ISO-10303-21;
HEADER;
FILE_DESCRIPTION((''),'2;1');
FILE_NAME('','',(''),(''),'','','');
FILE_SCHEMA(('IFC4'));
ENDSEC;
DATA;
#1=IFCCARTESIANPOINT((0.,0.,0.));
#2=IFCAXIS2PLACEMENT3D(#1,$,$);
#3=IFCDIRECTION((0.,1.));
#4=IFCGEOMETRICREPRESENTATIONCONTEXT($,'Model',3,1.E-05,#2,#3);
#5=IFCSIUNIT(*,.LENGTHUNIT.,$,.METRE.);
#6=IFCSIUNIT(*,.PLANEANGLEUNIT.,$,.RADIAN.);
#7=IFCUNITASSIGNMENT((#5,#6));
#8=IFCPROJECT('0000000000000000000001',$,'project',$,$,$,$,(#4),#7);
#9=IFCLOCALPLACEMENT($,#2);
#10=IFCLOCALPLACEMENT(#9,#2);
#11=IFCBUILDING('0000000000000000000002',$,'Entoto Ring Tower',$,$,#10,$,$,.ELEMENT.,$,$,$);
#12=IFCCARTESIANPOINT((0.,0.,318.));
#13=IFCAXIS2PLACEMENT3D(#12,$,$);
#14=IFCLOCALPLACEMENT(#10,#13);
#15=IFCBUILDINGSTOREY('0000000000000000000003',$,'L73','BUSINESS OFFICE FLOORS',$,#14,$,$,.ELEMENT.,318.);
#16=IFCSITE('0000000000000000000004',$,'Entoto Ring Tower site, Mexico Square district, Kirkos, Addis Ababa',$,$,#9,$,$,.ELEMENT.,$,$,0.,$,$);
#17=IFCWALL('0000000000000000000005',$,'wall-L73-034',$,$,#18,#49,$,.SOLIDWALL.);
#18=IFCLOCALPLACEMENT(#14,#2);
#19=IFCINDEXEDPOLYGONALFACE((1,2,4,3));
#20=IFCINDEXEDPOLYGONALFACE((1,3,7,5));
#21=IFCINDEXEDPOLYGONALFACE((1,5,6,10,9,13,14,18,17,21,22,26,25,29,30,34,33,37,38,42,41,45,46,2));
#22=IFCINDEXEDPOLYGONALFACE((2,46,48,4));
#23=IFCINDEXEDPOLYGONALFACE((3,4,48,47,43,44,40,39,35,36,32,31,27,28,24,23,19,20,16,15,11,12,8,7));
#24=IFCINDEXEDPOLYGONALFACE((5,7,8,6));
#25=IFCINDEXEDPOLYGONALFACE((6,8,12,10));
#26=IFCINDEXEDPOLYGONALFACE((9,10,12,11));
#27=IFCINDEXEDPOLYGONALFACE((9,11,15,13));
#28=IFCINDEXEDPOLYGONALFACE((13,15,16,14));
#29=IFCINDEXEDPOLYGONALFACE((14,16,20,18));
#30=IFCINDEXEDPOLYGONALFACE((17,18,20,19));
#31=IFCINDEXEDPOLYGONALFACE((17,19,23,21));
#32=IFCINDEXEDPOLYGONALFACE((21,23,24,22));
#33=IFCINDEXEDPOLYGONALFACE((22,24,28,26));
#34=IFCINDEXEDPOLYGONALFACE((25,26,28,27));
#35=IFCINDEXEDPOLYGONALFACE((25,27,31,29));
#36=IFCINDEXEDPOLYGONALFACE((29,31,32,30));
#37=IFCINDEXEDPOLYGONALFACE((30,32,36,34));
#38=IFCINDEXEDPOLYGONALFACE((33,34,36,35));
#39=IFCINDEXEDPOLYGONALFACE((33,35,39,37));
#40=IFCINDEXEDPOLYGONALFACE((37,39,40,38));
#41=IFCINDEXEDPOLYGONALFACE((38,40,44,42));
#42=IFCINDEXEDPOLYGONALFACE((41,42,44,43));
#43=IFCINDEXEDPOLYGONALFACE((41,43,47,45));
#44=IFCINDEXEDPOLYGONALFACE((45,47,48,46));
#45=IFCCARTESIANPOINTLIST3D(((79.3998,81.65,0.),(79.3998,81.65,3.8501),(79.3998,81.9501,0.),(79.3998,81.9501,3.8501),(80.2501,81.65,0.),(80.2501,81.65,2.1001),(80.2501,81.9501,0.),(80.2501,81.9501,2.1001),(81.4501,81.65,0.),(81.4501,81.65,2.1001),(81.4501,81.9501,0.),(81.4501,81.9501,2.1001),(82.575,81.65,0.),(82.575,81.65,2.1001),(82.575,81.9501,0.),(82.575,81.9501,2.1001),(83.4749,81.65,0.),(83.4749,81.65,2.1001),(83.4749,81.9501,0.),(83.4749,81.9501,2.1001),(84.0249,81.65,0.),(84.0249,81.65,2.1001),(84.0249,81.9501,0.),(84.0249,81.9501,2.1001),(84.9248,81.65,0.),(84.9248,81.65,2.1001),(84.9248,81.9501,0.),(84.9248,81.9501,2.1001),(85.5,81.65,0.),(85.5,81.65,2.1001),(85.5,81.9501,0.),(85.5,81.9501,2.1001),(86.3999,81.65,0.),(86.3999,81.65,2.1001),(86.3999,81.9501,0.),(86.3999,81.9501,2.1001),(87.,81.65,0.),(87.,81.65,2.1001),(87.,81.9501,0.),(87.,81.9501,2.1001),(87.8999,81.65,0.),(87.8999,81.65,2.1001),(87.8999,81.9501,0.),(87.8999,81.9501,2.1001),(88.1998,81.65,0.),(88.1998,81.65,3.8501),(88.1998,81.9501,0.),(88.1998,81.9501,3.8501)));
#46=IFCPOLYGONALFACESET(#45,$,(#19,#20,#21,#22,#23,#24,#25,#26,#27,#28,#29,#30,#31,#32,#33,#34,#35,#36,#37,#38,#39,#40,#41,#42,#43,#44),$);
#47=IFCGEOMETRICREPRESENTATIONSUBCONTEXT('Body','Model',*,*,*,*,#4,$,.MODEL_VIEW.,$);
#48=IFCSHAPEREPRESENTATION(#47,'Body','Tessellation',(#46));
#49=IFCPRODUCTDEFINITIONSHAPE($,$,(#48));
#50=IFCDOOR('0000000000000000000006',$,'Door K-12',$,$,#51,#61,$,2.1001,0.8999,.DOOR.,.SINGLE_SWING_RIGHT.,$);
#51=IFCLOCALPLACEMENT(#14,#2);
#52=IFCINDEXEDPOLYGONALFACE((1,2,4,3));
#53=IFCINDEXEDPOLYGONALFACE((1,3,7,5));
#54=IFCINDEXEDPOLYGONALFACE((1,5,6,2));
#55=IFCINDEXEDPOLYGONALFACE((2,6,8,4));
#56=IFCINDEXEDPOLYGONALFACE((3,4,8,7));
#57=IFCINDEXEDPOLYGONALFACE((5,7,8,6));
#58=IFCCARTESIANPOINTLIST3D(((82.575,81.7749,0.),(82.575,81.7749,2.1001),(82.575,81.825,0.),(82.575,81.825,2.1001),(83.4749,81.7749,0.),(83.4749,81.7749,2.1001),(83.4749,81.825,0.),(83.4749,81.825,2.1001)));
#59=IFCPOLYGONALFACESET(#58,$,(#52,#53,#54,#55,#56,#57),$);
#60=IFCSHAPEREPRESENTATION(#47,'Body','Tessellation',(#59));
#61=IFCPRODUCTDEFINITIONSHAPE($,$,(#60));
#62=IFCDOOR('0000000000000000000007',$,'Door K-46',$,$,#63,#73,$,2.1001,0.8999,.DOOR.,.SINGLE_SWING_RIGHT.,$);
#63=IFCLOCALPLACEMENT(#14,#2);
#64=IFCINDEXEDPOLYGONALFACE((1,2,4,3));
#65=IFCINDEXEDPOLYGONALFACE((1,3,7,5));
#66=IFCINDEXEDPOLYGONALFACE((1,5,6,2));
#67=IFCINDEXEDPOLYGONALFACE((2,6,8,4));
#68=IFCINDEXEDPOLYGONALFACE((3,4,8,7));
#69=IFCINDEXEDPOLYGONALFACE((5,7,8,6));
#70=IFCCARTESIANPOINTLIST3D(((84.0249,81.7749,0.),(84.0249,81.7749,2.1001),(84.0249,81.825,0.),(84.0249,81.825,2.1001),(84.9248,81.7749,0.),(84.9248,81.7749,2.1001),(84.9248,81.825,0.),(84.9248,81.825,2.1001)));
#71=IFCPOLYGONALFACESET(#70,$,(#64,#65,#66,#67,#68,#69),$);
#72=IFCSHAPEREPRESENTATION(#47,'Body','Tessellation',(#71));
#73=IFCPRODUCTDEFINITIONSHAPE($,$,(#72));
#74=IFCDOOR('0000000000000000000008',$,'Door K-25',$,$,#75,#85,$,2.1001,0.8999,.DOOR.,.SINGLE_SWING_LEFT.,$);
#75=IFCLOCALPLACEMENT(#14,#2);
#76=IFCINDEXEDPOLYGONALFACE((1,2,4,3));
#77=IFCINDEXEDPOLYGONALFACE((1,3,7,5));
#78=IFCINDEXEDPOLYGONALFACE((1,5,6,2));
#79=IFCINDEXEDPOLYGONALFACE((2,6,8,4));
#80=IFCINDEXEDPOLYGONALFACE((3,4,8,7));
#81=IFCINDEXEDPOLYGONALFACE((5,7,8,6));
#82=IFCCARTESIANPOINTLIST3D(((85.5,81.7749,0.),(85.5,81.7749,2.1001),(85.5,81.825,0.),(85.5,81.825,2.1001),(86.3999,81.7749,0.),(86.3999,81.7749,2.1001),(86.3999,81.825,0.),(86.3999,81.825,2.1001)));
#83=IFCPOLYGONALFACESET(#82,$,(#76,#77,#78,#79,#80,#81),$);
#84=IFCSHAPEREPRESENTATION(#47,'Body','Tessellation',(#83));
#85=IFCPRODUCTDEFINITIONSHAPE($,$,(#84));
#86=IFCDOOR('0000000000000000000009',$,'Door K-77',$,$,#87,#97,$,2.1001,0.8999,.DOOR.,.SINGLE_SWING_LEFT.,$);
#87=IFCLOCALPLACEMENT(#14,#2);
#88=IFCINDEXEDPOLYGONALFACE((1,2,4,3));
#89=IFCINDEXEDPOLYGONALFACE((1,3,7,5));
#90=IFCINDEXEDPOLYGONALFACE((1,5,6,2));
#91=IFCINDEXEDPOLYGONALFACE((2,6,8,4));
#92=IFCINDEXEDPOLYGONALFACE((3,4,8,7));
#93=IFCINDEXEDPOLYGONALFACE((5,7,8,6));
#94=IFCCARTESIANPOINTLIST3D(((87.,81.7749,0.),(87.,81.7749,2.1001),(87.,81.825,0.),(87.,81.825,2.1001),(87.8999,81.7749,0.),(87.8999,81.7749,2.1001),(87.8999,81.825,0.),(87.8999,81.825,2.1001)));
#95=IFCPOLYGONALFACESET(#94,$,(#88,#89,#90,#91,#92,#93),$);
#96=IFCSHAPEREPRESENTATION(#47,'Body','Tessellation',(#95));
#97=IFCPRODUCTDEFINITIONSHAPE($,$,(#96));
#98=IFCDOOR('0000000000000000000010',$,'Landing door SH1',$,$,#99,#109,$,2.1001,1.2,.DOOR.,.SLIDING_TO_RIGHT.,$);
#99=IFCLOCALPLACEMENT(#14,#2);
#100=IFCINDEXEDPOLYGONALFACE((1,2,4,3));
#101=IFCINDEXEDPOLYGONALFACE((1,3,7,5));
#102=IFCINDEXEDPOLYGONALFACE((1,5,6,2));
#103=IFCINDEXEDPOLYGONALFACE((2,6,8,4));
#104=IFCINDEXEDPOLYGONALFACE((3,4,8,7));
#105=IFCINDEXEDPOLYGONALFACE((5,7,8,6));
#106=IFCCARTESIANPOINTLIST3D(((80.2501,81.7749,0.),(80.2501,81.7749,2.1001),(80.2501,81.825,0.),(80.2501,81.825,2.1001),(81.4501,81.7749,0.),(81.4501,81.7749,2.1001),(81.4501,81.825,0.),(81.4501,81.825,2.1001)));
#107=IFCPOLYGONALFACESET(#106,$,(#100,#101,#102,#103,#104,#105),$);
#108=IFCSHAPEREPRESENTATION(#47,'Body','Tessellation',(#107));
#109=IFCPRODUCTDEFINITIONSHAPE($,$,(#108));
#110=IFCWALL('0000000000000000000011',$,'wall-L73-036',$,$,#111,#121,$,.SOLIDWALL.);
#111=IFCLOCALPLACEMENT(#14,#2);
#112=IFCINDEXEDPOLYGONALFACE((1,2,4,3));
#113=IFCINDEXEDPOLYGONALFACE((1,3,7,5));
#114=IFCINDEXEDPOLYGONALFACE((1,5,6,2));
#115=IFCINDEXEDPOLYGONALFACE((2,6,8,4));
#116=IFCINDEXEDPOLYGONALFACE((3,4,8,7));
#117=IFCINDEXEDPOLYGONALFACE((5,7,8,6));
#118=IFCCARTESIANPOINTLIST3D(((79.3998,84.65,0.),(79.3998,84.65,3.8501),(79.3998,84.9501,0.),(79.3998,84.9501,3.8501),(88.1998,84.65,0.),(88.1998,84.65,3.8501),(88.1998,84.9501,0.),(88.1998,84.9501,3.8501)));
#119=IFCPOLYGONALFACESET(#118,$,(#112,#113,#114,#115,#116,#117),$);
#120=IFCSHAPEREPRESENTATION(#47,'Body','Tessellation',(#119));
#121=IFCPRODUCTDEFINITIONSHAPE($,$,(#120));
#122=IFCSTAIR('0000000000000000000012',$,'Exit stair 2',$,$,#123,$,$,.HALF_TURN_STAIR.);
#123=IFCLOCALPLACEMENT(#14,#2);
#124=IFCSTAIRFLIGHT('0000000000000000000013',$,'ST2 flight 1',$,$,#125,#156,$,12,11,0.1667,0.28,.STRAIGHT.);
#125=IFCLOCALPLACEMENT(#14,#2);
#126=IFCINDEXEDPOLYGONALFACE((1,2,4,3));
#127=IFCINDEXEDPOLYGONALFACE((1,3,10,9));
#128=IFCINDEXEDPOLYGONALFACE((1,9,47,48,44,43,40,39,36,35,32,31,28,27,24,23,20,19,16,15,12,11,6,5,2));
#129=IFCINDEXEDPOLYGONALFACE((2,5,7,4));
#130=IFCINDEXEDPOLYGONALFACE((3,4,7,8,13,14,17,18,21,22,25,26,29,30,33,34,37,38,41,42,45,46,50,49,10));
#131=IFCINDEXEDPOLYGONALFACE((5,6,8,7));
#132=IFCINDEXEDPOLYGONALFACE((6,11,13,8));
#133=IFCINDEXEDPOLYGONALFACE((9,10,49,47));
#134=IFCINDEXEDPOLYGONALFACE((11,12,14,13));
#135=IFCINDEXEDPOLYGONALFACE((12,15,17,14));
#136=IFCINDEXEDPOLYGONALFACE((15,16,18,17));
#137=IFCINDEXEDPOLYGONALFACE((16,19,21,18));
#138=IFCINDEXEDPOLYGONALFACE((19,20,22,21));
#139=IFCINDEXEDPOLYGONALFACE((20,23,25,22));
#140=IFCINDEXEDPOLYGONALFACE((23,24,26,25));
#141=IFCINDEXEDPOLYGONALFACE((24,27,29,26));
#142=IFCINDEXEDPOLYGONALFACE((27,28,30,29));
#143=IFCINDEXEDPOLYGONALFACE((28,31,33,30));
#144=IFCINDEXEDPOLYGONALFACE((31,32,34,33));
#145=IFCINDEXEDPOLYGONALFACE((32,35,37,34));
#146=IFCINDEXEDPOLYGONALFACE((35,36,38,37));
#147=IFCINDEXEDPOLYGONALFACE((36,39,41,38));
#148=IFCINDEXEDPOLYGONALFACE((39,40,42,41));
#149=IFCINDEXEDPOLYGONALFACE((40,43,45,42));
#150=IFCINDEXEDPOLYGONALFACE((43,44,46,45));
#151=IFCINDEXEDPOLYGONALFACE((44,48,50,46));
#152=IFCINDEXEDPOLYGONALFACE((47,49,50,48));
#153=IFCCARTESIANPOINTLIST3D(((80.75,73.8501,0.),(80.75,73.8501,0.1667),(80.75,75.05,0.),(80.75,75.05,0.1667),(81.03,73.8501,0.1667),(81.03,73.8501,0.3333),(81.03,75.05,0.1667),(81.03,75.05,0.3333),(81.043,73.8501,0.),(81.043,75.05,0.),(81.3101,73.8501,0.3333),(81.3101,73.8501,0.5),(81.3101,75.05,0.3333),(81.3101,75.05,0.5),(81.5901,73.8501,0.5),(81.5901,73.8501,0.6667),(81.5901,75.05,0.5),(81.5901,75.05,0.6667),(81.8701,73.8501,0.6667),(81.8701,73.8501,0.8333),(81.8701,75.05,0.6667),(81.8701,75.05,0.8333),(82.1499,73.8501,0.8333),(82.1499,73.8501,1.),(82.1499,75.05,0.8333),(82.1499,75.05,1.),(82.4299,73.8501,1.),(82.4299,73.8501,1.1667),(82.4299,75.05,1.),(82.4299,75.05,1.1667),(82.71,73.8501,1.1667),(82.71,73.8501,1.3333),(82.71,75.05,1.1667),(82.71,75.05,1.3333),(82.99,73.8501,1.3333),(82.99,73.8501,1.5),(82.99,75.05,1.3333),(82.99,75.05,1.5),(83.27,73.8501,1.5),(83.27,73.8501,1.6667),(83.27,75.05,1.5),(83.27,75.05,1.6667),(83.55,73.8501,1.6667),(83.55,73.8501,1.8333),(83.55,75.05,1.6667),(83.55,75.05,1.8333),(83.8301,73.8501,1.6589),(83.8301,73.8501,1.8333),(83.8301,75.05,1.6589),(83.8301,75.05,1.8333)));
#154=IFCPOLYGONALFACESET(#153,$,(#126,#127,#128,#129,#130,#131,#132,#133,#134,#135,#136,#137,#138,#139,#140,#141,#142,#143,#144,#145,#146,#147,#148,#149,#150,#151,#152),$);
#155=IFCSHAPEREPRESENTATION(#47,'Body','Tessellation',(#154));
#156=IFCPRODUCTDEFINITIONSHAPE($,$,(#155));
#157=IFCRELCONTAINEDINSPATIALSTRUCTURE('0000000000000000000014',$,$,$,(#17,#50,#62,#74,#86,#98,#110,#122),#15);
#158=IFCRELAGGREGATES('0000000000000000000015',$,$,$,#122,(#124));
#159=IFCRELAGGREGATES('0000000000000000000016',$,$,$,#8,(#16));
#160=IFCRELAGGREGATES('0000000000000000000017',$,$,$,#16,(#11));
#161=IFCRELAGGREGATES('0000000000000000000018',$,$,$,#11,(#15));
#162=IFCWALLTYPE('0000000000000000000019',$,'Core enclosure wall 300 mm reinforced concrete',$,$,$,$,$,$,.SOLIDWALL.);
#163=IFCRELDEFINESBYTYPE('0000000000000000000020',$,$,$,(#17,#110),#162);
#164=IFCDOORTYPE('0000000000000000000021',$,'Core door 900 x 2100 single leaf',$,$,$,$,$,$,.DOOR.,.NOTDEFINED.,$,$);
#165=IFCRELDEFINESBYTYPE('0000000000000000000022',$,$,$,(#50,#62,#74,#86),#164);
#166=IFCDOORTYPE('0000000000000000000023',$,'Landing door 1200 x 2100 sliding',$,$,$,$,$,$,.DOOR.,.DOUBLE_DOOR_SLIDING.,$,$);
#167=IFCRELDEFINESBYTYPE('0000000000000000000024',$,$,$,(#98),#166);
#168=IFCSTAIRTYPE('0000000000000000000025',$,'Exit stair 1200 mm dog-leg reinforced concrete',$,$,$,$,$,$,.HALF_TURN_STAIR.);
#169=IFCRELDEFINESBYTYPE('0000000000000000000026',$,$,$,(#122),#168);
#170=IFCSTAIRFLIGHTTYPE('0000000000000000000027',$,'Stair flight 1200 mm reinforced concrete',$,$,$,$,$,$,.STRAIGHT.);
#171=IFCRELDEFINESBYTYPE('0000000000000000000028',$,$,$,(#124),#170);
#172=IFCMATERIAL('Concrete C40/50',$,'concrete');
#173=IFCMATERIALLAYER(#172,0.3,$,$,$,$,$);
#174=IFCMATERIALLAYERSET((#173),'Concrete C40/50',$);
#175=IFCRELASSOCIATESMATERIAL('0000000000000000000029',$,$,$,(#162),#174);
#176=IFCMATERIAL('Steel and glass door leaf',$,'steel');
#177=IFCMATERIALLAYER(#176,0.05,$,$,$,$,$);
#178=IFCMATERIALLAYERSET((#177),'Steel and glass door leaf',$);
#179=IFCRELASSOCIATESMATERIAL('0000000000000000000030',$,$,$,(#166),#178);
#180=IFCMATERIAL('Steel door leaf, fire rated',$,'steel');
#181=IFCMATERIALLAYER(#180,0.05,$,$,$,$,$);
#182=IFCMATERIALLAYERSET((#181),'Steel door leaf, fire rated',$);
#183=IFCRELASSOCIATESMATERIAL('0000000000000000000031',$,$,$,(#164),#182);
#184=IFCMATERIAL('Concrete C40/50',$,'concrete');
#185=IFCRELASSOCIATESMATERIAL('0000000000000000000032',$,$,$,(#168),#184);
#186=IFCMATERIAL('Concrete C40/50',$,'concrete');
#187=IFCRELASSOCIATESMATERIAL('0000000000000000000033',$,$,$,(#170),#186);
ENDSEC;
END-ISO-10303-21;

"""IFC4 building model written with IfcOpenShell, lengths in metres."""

from ifc_helpers import new_model, si_unit, direction, frame, frame_2d, origin, place, context, subcontext, project, spatial, polyline, rectangle, outline, extrude, material, layer, layer_set, type_object, element, fill, aggregate, save


model = new_model("IFC4")

# Units and contexts
model_context = context("Model", 3, precision=1e-05, world=origin(), true_north=direction((0.0, 1.0)))
body_context = subcontext(model_context, "Body", "Model", "MODEL_VIEW")
ifc_project = project(units=[si_unit("LENGTHUNIT", "METRE"), si_unit("PLANEANGLEUNIT", "RADIAN")], contexts=[model_context])

# Site, building, storey
site_placement = place(None, origin())
site = spatial("IfcSite", under=ifc_project, at=site_placement, Name="Entoto Ring Tower site, Mexico Square district, Kirkos, Addis Ababa", CompositionType="ELEMENT", RefElevation=0.0)
building_placement = place(site_placement, origin())
building = spatial("IfcBuilding", under=site, at=building_placement, Name="Entoto Ring Tower", CompositionType="ELEMENT")
storey_placement = place(building_placement, frame((0.0, 0.0, 318.0)))
storey = spatial("IfcBuildingStorey", under=building, at=storey_placement, Name="L73", Description="BUSINESS OFFICE FLOORS", CompositionType="ELEMENT", Elevation=318.0)

# Shared definitions
ifc_material_1 = material(Name="Concrete C40/50", Category="concrete")
ifc_layer_1 = layer(ifc_material_1, 0.3)
ifc_layer_set_1 = layer_set([ifc_layer_1], Name="Concrete C40/50")
wall_type = type_object("IfcWallType", Name="Core enclosure wall 300 mm reinforced concrete", PredefinedType="SOLIDWALL", material=ifc_layer_set_1)
ifc_material_2 = material(Name="Steel and glass door leaf", Category="steel")
ifc_layer_2 = layer(ifc_material_2, 0.05)
ifc_layer_set_2 = layer_set([ifc_layer_2], Name="Steel and glass door leaf")
door_type_1 = type_object("IfcDoorType", Name="Landing door 1200 x 2100 sliding", OperationType="DOUBLE_DOOR_SLIDING", PredefinedType="DOOR", material=ifc_layer_set_2)

# Wall, openings, doors
ifc_material_3 = material(Name="Steel door leaf, fire rated", Category="steel")
ifc_layer_3 = layer(ifc_material_3, 0.05)
ifc_layer_set_3 = layer_set([ifc_layer_3], Name="Steel door leaf, fire rated")
door_type_2 = type_object("IfcDoorType", Name="Core door 900 x 2100 single leaf", OperationType="NOTDEFINED", PredefinedType="DOOR", material=ifc_layer_set_3)
wall_1_placement = place(storey_placement, frame((79.3999, 81.8, 0.0), z_axis=(0.0, 0.0, 1.0), x_axis=(1.0, 0.0, 0.0)))
wall_1 = element("IfcWall", 1, at=wall_1_placement, inside=storey, type_object=wall_type, Name="wall-L73-034", PredefinedType="SOLIDWALL", context=body_context, shape_type="SweptSolid", body=[
    extrude(rectangle(XDim=8.8, YDim=0.3, at=frame_2d((4.3999, 0.0))), origin(), (0.0, 0.0, 1.0), 3.8501),
])
opening_1_placement = place(wall_1_placement, frame((0.8501, 0.0, 0.0)))
opening_1 = element("IfcOpeningElement", 2, at=opening_1_placement, cuts=wall_1, PredefinedType="OPENING", context=body_context, shape_type="SweptSolid", body=[
    extrude(rectangle(XDim=1.2, YDim=2.1001, at=frame_2d((0.6001, 1.05))), frame((0.0, 0.1602, 0.0), z_axis=(0.0, -1.0, 0.0), x_axis=(1.0, 0.0, 0.0)), (0.0, 0.0, 1.0), 0.3201),
])
opening_2_placement = place(wall_1_placement, frame((3.175, 0.0, 0.0)))
opening_2 = element("IfcOpeningElement", 3, at=opening_2_placement, cuts=wall_1, PredefinedType="OPENING", context=body_context, shape_type="SweptSolid", body=[
    extrude(rectangle(XDim=0.8999, YDim=2.1001, at=frame_2d((0.45, 1.05))), frame((0.0, 0.1602, 0.0), z_axis=(0.0, -1.0, 0.0), x_axis=(1.0, 0.0, 0.0)), (0.0, 0.0, 1.0), 0.3201),
])
opening_3_placement = place(wall_1_placement, frame((4.625, 0.0, 0.0)))
opening_3 = element("IfcOpeningElement", 4, at=opening_3_placement, cuts=wall_1, PredefinedType="OPENING", context=body_context, shape_type="SweptSolid", body=[
    extrude(rectangle(XDim=0.8999, YDim=2.1001, at=frame_2d((0.45, 1.05))), frame((0.0, 0.1602, 0.0), z_axis=(0.0, -1.0, 0.0), x_axis=(1.0, 0.0, 0.0)), (0.0, 0.0, 1.0), 0.3201),
])
opening_4_placement = place(wall_1_placement, frame((6.1001, 0.0, 0.0)))
opening_4 = element("IfcOpeningElement", 5, at=opening_4_placement, cuts=wall_1, PredefinedType="OPENING", context=body_context, shape_type="SweptSolid", body=[
    extrude(rectangle(XDim=0.8999, YDim=2.1001, at=frame_2d((0.45, 1.05))), frame((0.0, 0.1602, 0.0), z_axis=(0.0, -1.0, 0.0), x_axis=(1.0, 0.0, 0.0)), (0.0, 0.0, 1.0), 0.3201),
])
opening_5_placement = place(wall_1_placement, frame((7.6001, 0.0, 0.0)))
opening_5 = element("IfcOpeningElement", 6, at=opening_5_placement, cuts=wall_1, PredefinedType="OPENING", context=body_context, shape_type="SweptSolid", body=[
    extrude(rectangle(XDim=0.8999, YDim=2.1001, at=frame_2d((0.45, 1.05))), frame((0.0, 0.1602, 0.0), z_axis=(0.0, -1.0, 0.0), x_axis=(1.0, 0.0, 0.0)), (0.0, 0.0, 1.0), 0.3201),
])
door_1_placement = place(opening_2_placement, origin())
door_1 = element("IfcDoor", 7, at=door_1_placement, inside=storey, type_object=door_type_2, Name="Door K-12", OperationType="SINGLE_SWING_RIGHT", OverallHeight=2.1001, OverallWidth=0.8999, PredefinedType="DOOR", context=body_context, shape_type="SweptSolid", body=[
    extrude(rectangle(XDim=0.8999, YDim=2.1001, at=frame_2d((0.45, 1.05))), frame((0.0, 0.0249, 0.0), z_axis=(0.0, -1.0, 0.0), x_axis=(1.0, 0.0, 0.0)), (0.0, 0.0, 1.0), 0.05),
])
fill(opening_2, door_1)
door_2_placement = place(opening_3_placement, origin())
door_2 = element("IfcDoor", 8, at=door_2_placement, inside=storey, type_object=door_type_2, Name="Door K-46", OperationType="SINGLE_SWING_RIGHT", OverallHeight=2.1001, OverallWidth=0.8999, PredefinedType="DOOR", context=body_context, shape_type="SweptSolid", body=[
    extrude(rectangle(XDim=0.8999, YDim=2.1001, at=frame_2d((0.45, 1.05))), frame((0.0, 0.0249, 0.0), z_axis=(0.0, -1.0, 0.0), x_axis=(1.0, 0.0, 0.0)), (0.0, 0.0, 1.0), 0.05),
])
fill(opening_3, door_2)
door_3_placement = place(opening_4_placement, origin())
door_3 = element("IfcDoor", 9, at=door_3_placement, inside=storey, type_object=door_type_2, Name="Door K-25", OperationType="SINGLE_SWING_LEFT", OverallHeight=2.1001, OverallWidth=0.8999, PredefinedType="DOOR", context=body_context, shape_type="SweptSolid", body=[
    extrude(rectangle(XDim=0.8999, YDim=2.1001, at=frame_2d((0.45, 1.05))), frame((0.0, 0.0249, 0.0), z_axis=(0.0, -1.0, 0.0), x_axis=(1.0, 0.0, 0.0)), (0.0, 0.0, 1.0), 0.05),
])
fill(opening_4, door_3)
door_4_placement = place(opening_5_placement, origin())
door_4 = element("IfcDoor", 10, at=door_4_placement, inside=storey, type_object=door_type_2, Name="Door K-77", OperationType="SINGLE_SWING_LEFT", OverallHeight=2.1001, OverallWidth=0.8999, PredefinedType="DOOR", context=body_context, shape_type="SweptSolid", body=[
    extrude(rectangle(XDim=0.8999, YDim=2.1001, at=frame_2d((0.45, 1.05))), frame((0.0, 0.0249, 0.0), z_axis=(0.0, -1.0, 0.0), x_axis=(1.0, 0.0, 0.0)), (0.0, 0.0, 1.0), 0.05),
])
fill(opening_5, door_4)
door_5_placement = place(opening_1_placement, origin())
door_5 = element("IfcDoor", 11, at=door_5_placement, inside=storey, type_object=door_type_1, Name="Landing door SH1", OperationType="SLIDING_TO_RIGHT", OverallHeight=2.1001, OverallWidth=1.2, PredefinedType="DOOR", context=body_context, shape_type="SweptSolid", body=[
    extrude(rectangle(XDim=1.2, YDim=2.1001, at=frame_2d((0.6001, 1.05))), frame((0.0, 0.0249, 0.0), z_axis=(0.0, -1.0, 0.0), x_axis=(1.0, 0.0, 0.0)), (0.0, 0.0, 1.0), 0.05),
])
fill(opening_1, door_5)

# Wall
wall_2_placement = place(storey_placement, frame((79.3999, 84.8, 0.0), z_axis=(0.0, 0.0, 1.0), x_axis=(1.0, 0.0, 0.0)))
element("IfcWall", 12, at=wall_2_placement, inside=storey, type_object=wall_type, Name="wall-L73-036", PredefinedType="SOLIDWALL", context=body_context, shape_type="SweptSolid", body=[
    extrude(rectangle(XDim=8.8, YDim=0.3, at=frame_2d((4.3999, 0.0))), origin(), (0.0, 0.0, 1.0), 3.8501),
])

# Stair, stair flight
ifc_material_4 = material(Name="Concrete C40/50", Category="concrete")
stair_type = type_object("IfcStairType", Name="Exit stair 1200 mm dog-leg reinforced concrete", PredefinedType="HALF_TURN_STAIR", material=ifc_material_4)
stair_placement = place(storey_placement, origin())
stair = element("IfcStair", 13, at=stair_placement, inside=storey, type_object=stair_type, Name="Exit stair 2", PredefinedType="HALF_TURN_STAIR")
ifc_material_5 = material(Name="Concrete C40/50", Category="concrete")
stair_flight_type = type_object("IfcStairFlightType", Name="Stair flight 1200 mm reinforced concrete", PredefinedType="STRAIGHT", material=ifc_material_5)
stair_flight_placement = place(storey_placement, frame((80.75, 74.45, 0.0), z_axis=(0.0, 0.0, 1.0), x_axis=(1.0, 0.0, 0.0)))
stair_flight = element("IfcStairFlight", 14, at=stair_flight_placement, type_object=stair_flight_type, Name="ST2 flight 1", NumberOfRisers=12, NumberOfTreads=11, PredefinedType="STRAIGHT", RiserHeight=0.1667, TreadLength=0.28, context=body_context, shape_type="SweptSolid", body=[
    extrude(outline(polyline([(0.0, 0.0), (0.0, 0.1667), (0.28, 0.1667), (0.28, 0.3333), (0.5601, 0.3333), (0.5601, 0.5), (0.8401, 0.5), (0.8401, 0.6667), (1.1201, 0.6667), (1.1201, 0.8333), (1.3999, 0.8333), (1.3999, 1.0), (1.6799, 1.0), (1.6799, 1.1667), (1.96, 1.1667), (1.96, 1.3333), (2.24, 1.3333), (2.24, 1.5), (2.52, 1.5), (2.52, 1.6667), (2.8, 1.6667), (2.8, 1.8333), (3.0801, 1.8333), (3.0801, 2.0), (3.0801, 1.6589), (0.293, 0.0), (0.0, 0.0)])), frame((0.0, 0.6001, 0.0), z_axis=(0.0, -1.0, 0.0), x_axis=(1.0, 0.0, 0.0)), (0.0, 0.0, 1.0), 1.2),
])
aggregate(stair, [stair_flight])

save(model, "model.ifc")
